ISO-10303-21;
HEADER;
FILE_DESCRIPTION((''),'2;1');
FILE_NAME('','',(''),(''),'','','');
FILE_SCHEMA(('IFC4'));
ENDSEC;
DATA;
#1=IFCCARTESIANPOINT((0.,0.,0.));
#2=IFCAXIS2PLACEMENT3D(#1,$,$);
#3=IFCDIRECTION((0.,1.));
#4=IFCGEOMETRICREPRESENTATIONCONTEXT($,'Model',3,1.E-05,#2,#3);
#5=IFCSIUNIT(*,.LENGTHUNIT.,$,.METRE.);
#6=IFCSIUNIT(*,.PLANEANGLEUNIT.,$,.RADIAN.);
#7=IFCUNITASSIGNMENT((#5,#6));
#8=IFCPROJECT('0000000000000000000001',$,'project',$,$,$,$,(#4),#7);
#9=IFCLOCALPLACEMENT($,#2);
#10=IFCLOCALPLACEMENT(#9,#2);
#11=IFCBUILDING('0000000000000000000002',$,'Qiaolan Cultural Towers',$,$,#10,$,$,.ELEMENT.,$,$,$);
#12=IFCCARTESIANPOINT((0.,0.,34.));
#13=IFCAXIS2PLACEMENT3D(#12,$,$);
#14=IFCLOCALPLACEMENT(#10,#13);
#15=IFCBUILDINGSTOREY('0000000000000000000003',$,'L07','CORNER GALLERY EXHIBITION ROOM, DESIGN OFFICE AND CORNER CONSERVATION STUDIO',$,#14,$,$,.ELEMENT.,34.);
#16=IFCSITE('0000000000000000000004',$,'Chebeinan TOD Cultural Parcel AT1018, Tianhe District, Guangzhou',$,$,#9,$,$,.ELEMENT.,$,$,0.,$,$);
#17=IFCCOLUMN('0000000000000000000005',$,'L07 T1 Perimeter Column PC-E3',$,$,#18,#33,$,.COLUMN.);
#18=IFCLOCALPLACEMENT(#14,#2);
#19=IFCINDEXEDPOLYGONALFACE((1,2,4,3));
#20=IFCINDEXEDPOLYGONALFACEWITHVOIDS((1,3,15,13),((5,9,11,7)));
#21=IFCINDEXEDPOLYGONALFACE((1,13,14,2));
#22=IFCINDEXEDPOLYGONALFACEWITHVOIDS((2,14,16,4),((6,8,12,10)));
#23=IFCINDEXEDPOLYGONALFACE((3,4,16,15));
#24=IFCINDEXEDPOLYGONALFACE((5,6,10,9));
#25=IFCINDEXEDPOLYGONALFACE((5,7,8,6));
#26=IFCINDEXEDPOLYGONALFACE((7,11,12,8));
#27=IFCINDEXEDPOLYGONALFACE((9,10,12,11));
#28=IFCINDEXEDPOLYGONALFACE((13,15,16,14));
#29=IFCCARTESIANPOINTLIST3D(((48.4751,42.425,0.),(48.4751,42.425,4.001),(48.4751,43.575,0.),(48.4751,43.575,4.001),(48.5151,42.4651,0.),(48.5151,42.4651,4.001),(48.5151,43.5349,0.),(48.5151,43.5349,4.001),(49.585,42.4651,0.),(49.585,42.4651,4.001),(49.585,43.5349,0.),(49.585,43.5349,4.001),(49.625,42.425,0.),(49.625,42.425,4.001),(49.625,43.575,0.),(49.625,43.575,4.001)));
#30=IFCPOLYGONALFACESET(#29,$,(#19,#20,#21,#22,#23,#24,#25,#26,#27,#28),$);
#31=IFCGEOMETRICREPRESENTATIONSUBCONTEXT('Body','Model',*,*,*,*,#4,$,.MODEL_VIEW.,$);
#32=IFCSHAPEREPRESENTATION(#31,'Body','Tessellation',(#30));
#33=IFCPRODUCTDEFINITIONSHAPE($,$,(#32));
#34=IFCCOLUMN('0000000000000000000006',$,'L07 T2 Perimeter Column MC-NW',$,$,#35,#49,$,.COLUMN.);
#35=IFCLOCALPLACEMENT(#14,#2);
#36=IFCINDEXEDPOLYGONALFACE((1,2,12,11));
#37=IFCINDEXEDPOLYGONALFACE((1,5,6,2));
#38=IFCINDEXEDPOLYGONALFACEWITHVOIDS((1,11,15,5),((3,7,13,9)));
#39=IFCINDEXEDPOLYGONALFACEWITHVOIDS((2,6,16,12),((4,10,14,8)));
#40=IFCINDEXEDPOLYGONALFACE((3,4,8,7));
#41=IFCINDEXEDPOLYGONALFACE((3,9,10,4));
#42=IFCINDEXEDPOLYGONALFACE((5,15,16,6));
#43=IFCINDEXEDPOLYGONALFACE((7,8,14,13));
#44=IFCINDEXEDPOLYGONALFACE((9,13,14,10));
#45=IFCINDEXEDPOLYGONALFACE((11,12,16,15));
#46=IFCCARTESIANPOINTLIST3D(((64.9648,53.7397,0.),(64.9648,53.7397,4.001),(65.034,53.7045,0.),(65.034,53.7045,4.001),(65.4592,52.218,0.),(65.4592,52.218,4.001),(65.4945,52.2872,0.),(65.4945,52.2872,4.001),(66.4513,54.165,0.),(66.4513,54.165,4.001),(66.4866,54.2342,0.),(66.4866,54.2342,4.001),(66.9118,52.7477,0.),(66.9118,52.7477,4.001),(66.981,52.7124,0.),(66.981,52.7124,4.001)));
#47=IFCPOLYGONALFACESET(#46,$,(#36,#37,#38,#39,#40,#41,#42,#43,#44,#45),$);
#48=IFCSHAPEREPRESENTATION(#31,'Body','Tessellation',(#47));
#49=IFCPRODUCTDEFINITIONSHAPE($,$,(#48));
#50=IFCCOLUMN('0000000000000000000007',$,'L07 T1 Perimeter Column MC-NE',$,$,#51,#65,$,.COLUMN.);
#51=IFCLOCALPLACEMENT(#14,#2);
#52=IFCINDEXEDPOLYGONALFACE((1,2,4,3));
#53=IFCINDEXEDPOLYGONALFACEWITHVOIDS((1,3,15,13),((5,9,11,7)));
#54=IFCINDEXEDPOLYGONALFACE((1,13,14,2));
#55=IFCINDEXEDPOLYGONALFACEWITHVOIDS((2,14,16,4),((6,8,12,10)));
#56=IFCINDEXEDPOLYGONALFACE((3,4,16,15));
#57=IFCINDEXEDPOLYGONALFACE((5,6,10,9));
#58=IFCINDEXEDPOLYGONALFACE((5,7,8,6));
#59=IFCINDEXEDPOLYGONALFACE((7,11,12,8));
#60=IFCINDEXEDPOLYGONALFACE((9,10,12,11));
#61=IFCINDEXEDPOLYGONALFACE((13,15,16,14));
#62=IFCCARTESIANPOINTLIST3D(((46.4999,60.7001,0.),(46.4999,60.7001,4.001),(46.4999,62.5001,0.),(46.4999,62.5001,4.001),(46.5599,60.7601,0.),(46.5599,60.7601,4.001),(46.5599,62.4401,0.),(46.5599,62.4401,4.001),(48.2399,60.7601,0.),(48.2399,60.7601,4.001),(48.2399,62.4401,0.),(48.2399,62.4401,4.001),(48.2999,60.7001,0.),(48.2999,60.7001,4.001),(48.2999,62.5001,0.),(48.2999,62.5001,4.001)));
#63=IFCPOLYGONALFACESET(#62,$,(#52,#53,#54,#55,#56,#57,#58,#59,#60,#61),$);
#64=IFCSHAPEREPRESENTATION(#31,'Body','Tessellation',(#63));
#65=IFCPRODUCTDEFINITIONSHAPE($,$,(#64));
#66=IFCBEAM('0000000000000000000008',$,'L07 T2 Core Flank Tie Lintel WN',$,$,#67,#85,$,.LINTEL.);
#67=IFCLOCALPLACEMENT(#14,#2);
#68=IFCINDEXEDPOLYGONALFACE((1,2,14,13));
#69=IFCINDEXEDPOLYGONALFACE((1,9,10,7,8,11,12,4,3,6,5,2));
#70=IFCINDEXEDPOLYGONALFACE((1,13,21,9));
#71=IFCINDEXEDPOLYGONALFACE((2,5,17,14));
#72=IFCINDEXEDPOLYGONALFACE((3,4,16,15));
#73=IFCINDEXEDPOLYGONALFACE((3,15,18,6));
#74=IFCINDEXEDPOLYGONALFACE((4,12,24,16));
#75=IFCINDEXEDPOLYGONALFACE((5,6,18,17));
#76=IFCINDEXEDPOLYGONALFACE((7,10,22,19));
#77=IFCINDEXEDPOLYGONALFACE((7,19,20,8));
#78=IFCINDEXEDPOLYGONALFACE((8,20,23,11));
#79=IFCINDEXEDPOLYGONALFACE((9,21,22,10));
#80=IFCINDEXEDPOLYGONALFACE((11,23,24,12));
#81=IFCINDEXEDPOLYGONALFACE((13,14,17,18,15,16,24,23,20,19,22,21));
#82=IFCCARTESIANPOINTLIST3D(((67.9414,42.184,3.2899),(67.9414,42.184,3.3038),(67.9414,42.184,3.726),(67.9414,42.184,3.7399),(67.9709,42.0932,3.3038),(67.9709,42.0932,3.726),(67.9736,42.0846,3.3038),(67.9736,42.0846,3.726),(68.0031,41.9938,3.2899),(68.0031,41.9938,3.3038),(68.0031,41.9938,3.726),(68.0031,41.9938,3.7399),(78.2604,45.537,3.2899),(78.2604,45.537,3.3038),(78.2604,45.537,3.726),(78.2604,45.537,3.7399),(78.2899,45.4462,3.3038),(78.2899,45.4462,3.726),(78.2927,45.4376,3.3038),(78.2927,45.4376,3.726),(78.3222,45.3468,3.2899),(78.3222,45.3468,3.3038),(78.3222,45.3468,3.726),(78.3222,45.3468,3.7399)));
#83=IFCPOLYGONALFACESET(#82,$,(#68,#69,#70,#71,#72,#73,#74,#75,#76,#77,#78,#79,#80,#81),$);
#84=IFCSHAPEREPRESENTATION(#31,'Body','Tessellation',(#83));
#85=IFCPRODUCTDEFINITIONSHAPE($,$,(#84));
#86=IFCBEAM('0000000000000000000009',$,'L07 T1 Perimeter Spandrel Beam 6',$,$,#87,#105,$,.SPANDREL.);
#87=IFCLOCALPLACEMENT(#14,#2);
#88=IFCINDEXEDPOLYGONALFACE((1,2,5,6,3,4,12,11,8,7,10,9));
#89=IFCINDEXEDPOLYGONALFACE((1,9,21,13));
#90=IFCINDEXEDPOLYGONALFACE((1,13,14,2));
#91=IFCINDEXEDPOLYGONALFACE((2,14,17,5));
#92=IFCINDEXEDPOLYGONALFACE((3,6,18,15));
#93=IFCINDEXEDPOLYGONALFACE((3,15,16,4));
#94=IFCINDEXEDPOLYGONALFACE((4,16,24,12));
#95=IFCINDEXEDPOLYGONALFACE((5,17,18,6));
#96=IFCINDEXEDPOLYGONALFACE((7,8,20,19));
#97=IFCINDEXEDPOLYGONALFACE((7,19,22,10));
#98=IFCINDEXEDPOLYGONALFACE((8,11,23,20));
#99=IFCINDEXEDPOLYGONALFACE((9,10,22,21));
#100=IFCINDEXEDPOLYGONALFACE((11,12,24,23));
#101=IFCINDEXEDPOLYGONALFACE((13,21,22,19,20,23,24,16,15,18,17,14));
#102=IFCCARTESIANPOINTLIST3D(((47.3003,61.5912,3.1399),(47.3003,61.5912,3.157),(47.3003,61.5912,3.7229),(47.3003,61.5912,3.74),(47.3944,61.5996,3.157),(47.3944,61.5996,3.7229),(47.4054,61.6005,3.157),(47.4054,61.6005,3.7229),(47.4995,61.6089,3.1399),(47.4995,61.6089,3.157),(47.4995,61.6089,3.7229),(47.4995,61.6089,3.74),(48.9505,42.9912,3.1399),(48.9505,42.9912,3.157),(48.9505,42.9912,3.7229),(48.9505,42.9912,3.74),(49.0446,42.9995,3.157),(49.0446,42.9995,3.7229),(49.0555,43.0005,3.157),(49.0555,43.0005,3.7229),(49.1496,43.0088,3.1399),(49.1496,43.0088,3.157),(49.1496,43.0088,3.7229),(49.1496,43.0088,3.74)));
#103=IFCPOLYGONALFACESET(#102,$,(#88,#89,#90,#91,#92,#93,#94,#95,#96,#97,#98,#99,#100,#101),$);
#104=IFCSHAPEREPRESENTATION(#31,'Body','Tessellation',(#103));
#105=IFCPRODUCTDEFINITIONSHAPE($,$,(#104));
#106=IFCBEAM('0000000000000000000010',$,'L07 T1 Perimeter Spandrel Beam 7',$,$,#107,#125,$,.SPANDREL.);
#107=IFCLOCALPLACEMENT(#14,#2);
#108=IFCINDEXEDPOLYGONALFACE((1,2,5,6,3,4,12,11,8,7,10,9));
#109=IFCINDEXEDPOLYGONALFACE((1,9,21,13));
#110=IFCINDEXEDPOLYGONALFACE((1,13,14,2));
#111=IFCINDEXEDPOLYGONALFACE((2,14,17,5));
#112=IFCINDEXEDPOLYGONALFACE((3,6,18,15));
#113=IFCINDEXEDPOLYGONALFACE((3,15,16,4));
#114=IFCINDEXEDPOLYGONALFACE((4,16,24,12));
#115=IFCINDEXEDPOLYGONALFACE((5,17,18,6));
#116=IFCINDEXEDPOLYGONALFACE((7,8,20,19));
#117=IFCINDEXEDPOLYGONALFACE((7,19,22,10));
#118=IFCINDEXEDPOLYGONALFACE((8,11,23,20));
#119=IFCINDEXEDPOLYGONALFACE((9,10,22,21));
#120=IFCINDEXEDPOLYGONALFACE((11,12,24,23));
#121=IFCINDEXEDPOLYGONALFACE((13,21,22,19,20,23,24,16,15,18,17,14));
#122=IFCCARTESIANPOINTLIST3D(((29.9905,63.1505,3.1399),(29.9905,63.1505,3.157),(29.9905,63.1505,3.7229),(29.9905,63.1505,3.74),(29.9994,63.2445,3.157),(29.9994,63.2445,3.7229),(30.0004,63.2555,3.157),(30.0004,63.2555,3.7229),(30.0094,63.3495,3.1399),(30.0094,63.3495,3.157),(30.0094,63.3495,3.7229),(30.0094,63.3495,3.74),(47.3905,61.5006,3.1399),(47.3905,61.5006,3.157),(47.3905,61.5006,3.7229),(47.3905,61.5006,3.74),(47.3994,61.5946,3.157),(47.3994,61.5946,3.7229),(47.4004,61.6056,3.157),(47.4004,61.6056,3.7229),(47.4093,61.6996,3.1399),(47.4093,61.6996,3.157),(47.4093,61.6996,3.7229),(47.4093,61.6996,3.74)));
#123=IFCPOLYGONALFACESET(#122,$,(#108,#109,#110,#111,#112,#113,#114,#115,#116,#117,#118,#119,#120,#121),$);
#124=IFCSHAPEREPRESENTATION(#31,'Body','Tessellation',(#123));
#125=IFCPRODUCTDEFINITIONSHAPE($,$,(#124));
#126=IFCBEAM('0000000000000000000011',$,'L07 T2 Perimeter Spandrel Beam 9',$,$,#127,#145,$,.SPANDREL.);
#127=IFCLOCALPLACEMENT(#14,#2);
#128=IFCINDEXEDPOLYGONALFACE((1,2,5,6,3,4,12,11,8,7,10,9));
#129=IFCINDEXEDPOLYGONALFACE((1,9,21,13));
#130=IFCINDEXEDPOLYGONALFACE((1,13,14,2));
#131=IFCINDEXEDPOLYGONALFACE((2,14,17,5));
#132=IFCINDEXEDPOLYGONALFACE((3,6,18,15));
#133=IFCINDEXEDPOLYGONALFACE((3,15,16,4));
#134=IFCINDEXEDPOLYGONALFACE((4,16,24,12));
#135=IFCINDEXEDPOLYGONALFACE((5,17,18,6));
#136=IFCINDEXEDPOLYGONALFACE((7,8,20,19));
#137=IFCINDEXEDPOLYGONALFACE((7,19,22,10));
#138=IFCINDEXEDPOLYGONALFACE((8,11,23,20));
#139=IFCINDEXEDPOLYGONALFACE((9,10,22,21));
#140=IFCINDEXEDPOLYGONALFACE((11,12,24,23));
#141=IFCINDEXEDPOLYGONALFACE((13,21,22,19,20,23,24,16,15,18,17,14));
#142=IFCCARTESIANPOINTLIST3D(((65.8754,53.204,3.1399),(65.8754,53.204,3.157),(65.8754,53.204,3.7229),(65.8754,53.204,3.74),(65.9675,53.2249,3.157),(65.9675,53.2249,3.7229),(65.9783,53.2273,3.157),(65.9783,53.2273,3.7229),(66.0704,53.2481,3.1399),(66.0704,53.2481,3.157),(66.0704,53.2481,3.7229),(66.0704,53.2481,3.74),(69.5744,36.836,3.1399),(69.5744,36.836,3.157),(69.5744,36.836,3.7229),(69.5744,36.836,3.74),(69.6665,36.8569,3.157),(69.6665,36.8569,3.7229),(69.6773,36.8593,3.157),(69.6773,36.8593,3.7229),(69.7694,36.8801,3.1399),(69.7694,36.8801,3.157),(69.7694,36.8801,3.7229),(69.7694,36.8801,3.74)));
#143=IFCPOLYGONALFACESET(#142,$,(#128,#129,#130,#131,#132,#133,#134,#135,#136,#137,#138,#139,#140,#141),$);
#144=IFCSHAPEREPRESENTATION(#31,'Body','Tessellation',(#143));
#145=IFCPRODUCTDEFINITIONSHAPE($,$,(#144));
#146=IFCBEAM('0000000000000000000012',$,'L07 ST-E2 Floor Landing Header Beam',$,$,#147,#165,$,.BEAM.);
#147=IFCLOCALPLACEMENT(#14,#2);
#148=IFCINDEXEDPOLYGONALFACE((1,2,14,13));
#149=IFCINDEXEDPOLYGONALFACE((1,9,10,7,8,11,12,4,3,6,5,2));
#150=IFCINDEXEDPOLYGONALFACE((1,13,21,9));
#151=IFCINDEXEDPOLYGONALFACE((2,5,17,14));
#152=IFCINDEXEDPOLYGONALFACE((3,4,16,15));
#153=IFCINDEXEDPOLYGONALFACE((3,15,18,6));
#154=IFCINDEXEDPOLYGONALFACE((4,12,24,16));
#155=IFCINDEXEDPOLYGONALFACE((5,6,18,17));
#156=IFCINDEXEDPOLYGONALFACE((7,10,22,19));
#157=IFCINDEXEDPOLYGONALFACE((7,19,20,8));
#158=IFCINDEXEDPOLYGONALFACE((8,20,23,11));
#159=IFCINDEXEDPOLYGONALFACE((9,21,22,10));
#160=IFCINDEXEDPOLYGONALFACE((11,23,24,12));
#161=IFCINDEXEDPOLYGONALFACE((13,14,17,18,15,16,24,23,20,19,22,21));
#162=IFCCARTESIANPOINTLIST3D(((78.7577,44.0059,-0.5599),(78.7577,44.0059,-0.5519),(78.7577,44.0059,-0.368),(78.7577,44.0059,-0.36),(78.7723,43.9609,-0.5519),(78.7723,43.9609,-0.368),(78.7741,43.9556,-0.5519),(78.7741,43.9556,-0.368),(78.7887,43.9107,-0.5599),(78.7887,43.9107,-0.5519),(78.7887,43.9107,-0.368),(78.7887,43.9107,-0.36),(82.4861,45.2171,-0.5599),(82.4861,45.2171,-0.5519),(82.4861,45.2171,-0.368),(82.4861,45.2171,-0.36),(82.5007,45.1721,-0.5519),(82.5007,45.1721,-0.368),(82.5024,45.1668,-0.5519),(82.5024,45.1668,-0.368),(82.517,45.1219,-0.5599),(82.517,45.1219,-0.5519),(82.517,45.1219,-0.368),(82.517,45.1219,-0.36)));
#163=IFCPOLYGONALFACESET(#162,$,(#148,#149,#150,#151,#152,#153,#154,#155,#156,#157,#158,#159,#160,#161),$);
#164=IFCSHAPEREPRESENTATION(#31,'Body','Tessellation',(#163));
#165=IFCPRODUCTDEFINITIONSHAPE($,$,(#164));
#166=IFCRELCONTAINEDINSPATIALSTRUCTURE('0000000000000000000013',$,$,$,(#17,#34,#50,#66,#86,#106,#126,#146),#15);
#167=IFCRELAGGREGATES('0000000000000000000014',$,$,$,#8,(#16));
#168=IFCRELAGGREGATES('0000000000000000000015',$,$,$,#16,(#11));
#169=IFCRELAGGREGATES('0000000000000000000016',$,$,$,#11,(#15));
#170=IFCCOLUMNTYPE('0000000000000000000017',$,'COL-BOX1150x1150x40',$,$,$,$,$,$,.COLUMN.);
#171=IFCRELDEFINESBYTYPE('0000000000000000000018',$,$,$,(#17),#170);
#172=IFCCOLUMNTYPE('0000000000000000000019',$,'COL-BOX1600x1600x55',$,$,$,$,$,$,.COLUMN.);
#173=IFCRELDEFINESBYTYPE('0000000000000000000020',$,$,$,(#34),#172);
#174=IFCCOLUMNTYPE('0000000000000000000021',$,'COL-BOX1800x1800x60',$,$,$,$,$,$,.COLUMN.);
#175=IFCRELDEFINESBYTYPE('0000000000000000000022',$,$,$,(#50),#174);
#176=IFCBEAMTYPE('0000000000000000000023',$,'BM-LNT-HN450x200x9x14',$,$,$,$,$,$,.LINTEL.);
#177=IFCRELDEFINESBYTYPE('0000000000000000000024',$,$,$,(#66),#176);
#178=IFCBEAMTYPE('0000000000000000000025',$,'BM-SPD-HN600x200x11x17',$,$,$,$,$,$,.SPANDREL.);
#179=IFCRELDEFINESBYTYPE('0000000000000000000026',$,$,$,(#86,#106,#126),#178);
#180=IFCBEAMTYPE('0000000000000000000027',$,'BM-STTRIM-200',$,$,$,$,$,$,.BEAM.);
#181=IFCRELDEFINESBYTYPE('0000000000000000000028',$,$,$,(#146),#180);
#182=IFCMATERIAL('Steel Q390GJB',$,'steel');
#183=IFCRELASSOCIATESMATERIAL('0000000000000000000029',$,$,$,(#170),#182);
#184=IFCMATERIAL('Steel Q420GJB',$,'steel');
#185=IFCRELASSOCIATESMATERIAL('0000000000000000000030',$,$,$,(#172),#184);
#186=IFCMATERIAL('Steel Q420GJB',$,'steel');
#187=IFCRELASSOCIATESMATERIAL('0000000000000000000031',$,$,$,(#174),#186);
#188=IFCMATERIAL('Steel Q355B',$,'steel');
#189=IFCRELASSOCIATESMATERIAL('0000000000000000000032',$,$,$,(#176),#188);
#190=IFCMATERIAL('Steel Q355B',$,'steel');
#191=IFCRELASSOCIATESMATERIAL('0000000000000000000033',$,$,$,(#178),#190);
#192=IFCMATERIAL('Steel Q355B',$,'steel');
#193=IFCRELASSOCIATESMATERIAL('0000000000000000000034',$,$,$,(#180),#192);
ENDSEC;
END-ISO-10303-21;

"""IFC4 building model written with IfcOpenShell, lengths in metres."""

from ifc_helpers import new_model, si_unit, direction, frame, origin, origin_2d, place, context, subcontext, project, spatial, hollow_rectangle, i_section, extrude, material, material_profile, profile_set, type_object, element, save


model = new_model("IFC4")

# Units and contexts
model_context = context("Model", 3, precision=1e-05, world=origin(), true_north=direction((0.0, 1.0)))
body_context = subcontext(model_context, "Body", "Model", "MODEL_VIEW")
ifc_project = project(units=[si_unit("LENGTHUNIT", "METRE"), si_unit("PLANEANGLEUNIT", "RADIAN")], contexts=[model_context])

# Site, building, storey
site_placement = place(None, origin())
site = spatial("IfcSite", under=ifc_project, at=site_placement, Name="Chebeinan TOD Cultural Parcel AT1018, Tianhe District, Guangzhou", CompositionType="ELEMENT", RefElevation=0.0)
building_placement = place(site_placement, origin())
building = spatial("IfcBuilding", under=site, at=building_placement, Name="Qiaolan Cultural Towers", CompositionType="ELEMENT")
storey_placement = place(building_placement, frame((0.0, 0.0, 34.0)))
storey = spatial("IfcBuildingStorey", under=building, at=storey_placement, Name="L07", Description="CORNER GALLERY EXHIBITION ROOM, DESIGN OFFICE AND CORNER CONSERVATION STUDIO", CompositionType="ELEMENT", Elevation=34.0)

# Columns
ifc_material_1 = material(Name="Steel Q390GJB", Category="steel")
ifc_material_profile_1 = material_profile(ifc_material_1, hollow_rectangle(XDim=1.1499, YDim=1.1499, WallThickness=0.04, at=origin_2d()), Name="BOX1150x1150x40")
ifc_profile_set_1 = profile_set([ifc_material_profile_1], Name="Steel Q390GJB")
column_type_1 = type_object("IfcColumnType", Name="COL-BOX1150x1150x40", PredefinedType="COLUMN", material=ifc_profile_set_1)
column_1_placement = place(storey_placement, frame((49.05, 43.0, 0.0), z_axis=(0.0, 0.0, 1.0), x_axis=(1.0, 0.0, 0.0)))
element("IfcColumn", 1, at=column_1_placement, inside=storey, type_object=column_type_1, Name="L07 T1 Perimeter Column PC-E3", PredefinedType="COLUMN", context=body_context, shape_type="SweptSolid", body=[
    extrude(hollow_rectangle(XDim=1.1499, YDim=1.1499, WallThickness=0.04, at=origin_2d()), origin(), (0.0, 0.0, 1.0), 4.001),
])
ifc_material_2 = material(Name="Steel Q420GJB", Category="steel")
ifc_material_profile_2 = material_profile(ifc_material_2, hollow_rectangle(XDim=1.6001, YDim=1.6001, WallThickness=0.0549, at=origin_2d()), Name="BOX1600x1600x55")
ifc_profile_set_2 = profile_set([ifc_material_profile_2], Name="Steel Q420GJB")
column_type_2 = type_object("IfcColumnType", Name="COL-BOX1600x1600x55", PredefinedType="COLUMN", material=ifc_profile_set_2)
column_2_placement = place(storey_placement, frame((65.9729, 53.2261, 0.0), z_axis=(0.0, 0.0, 1.0), x_axis=(0.951057, 0.309017, 0.0)))
element("IfcColumn", 2, at=column_2_placement, inside=storey, type_object=column_type_2, Name="L07 T2 Perimeter Column MC-NW", PredefinedType="COLUMN", context=body_context, shape_type="SweptSolid", body=[
    extrude(hollow_rectangle(XDim=1.6001, YDim=1.6001, WallThickness=0.0549, at=origin_2d()), origin(), (0.0, 0.0, 1.0), 4.001),
])
ifc_material_3 = material(Name="Steel Q420GJB", Category="steel")
ifc_material_profile_3 = material_profile(ifc_material_3, hollow_rectangle(XDim=1.8, YDim=1.8, WallThickness=0.0601, at=origin_2d()), Name="BOX1800x1800x60")
ifc_profile_set_3 = profile_set([ifc_material_profile_3], Name="Steel Q420GJB")
column_type_3 = type_object("IfcColumnType", Name="COL-BOX1800x1800x60", PredefinedType="COLUMN", material=ifc_profile_set_3)
column_3_placement = place(storey_placement, frame((47.3999, 61.6001, 0.0), z_axis=(0.0, 0.0, 1.0), x_axis=(1.0, 0.0, 0.0)))
element("IfcColumn", 3, at=column_3_placement, inside=storey, type_object=column_type_3, Name="L07 T1 Perimeter Column MC-NE", PredefinedType="COLUMN", context=body_context, shape_type="SweptSolid", body=[
    extrude(hollow_rectangle(XDim=1.8, YDim=1.8, WallThickness=0.0601, at=origin_2d()), origin(), (0.0, 0.0, 1.0), 4.001),
])

# Beams
ifc_material_4 = material(Name="Steel Q355B", Category="steel")
ifc_material_profile_4 = material_profile(ifc_material_4, i_section(OverallWidth=0.2, OverallDepth=0.45, WebThickness=0.009, FlangeThickness=0.0139, at=origin_2d()), Name="HN450x200x9x14")
ifc_profile_set_4 = profile_set([ifc_material_profile_4], Name="Steel Q355B")
beam_type_1 = type_object("IfcBeamType", Name="BM-LNT-HN450x200x9x14", PredefinedType="LINTEL", material=ifc_profile_set_4)
beam_1_placement = place(storey_placement, frame((78.2913, 45.4419, 3.5149), z_axis=(-0.951052, -0.30903, 0.0), x_axis=(0.30903, -0.951052, 0.0)))
element("IfcBeam", 4, at=beam_1_placement, inside=storey, type_object=beam_type_1, Name="L07 T2 Core Flank Tie Lintel WN", PredefinedType="LINTEL", context=body_context, shape_type="SweptSolid", body=[
    extrude(i_section(OverallWidth=0.2, OverallDepth=0.45, WebThickness=0.009, FlangeThickness=0.0139, at=origin_2d()), origin(), (0.0, 0.0, 1.0), 10.8501),
])
ifc_material_5 = material(Name="Steel Q355B", Category="steel")
ifc_material_profile_5 = material_profile(ifc_material_5, i_section(OverallWidth=0.2, OverallDepth=0.6001, WebThickness=0.011, FlangeThickness=0.0171, at=origin_2d()), Name="HN600x200x11x17")
ifc_profile_set_5 = profile_set([ifc_material_profile_5], Name="Steel Q355B")
beam_type_2 = type_object("IfcBeamType", Name="BM-SPD-HN600x200x11x17", PredefinedType="SPANDREL", material=ifc_profile_set_5)
beam_2_placement = place(storey_placement, frame((49.05, 43.0, 3.4399), z_axis=(-0.08837, 0.996088, 0.0), x_axis=(-0.996088, -0.08837, 0.0)))
element("IfcBeam", 5, at=beam_2_placement, inside=storey, type_object=beam_type_2, Name="L07 T1 Perimeter Spandrel Beam 6", PredefinedType="SPANDREL", context=body_context, shape_type="SweptSolid", body=[
    extrude(i_section(OverallWidth=0.2, OverallDepth=0.6001, WebThickness=0.011, FlangeThickness=0.0171, at=origin_2d()), origin(), (0.0, 0.0, 1.0), 18.6731),
])
beam_3_placement = place(storey_placement, frame((47.3999, 61.6001, 3.4399), z_axis=(-0.995534, 0.094399, 0.0), x_axis=(-0.094399, -0.995534, 0.0)))
element("IfcBeam", 6, at=beam_3_placement, inside=storey, type_object=beam_type_2, Name="L07 T1 Perimeter Spandrel Beam 7", PredefinedType="SPANDREL", context=body_context, shape_type="SweptSolid", body=[
    extrude(i_section(OverallWidth=0.2, OverallDepth=0.6001, WebThickness=0.011, FlangeThickness=0.0171, at=origin_2d()), origin(), (0.0, 0.0, 1.0), 17.478),
])
beam_4_placement = place(storey_placement, frame((65.9729, 53.2261, 3.4399), z_axis=(0.220431, -0.975403, 0.0), x_axis=(0.975403, 0.220431, 0.0)))
element("IfcBeam", 7, at=beam_4_placement, inside=storey, type_object=beam_type_2, Name="L07 T2 Perimeter Spandrel Beam 9", PredefinedType="SPANDREL", context=body_context, shape_type="SweptSolid", body=[
    extrude(i_section(OverallWidth=0.2, OverallDepth=0.6001, WebThickness=0.011, FlangeThickness=0.0171, at=origin_2d()), origin(), (0.0, 0.0, 1.0), 16.7808),
])
ifc_material_6 = material(Name="Steel Q355B", Category="steel")
ifc_material_profile_6 = material_profile(ifc_material_6, i_section(OverallWidth=0.1001, OverallDepth=0.2, WebThickness=0.0056, FlangeThickness=0.0081, at=origin_2d()), Name="HN200x100x5.5x8")
ifc_profile_set_6 = profile_set([ifc_material_profile_6], Name="Steel Q355B")
beam_type_3 = type_object("IfcBeamType", Name="BM-STTRIM-200", PredefinedType="BEAM", material=ifc_profile_set_6)
beam_5_placement = place(storey_placement, frame((78.7732, 43.9583, -0.46), z_axis=(0.951072, 0.308969, 0.0), x_axis=(-0.308969, 0.951072, 0.0)))
element("IfcBeam", 8, at=beam_5_placement, inside=storey, type_object=beam_type_3, Name="L07 ST-E2 Floor Landing Header Beam", PredefinedType="BEAM", context=body_context, shape_type="SweptSolid", body=[
    extrude(i_section(OverallWidth=0.1001, OverallDepth=0.2, WebThickness=0.0056, FlangeThickness=0.0081, at=origin_2d()), origin(), (0.0, 0.0, 1.0), 3.9202),
])

save(model, "model.ifc")
